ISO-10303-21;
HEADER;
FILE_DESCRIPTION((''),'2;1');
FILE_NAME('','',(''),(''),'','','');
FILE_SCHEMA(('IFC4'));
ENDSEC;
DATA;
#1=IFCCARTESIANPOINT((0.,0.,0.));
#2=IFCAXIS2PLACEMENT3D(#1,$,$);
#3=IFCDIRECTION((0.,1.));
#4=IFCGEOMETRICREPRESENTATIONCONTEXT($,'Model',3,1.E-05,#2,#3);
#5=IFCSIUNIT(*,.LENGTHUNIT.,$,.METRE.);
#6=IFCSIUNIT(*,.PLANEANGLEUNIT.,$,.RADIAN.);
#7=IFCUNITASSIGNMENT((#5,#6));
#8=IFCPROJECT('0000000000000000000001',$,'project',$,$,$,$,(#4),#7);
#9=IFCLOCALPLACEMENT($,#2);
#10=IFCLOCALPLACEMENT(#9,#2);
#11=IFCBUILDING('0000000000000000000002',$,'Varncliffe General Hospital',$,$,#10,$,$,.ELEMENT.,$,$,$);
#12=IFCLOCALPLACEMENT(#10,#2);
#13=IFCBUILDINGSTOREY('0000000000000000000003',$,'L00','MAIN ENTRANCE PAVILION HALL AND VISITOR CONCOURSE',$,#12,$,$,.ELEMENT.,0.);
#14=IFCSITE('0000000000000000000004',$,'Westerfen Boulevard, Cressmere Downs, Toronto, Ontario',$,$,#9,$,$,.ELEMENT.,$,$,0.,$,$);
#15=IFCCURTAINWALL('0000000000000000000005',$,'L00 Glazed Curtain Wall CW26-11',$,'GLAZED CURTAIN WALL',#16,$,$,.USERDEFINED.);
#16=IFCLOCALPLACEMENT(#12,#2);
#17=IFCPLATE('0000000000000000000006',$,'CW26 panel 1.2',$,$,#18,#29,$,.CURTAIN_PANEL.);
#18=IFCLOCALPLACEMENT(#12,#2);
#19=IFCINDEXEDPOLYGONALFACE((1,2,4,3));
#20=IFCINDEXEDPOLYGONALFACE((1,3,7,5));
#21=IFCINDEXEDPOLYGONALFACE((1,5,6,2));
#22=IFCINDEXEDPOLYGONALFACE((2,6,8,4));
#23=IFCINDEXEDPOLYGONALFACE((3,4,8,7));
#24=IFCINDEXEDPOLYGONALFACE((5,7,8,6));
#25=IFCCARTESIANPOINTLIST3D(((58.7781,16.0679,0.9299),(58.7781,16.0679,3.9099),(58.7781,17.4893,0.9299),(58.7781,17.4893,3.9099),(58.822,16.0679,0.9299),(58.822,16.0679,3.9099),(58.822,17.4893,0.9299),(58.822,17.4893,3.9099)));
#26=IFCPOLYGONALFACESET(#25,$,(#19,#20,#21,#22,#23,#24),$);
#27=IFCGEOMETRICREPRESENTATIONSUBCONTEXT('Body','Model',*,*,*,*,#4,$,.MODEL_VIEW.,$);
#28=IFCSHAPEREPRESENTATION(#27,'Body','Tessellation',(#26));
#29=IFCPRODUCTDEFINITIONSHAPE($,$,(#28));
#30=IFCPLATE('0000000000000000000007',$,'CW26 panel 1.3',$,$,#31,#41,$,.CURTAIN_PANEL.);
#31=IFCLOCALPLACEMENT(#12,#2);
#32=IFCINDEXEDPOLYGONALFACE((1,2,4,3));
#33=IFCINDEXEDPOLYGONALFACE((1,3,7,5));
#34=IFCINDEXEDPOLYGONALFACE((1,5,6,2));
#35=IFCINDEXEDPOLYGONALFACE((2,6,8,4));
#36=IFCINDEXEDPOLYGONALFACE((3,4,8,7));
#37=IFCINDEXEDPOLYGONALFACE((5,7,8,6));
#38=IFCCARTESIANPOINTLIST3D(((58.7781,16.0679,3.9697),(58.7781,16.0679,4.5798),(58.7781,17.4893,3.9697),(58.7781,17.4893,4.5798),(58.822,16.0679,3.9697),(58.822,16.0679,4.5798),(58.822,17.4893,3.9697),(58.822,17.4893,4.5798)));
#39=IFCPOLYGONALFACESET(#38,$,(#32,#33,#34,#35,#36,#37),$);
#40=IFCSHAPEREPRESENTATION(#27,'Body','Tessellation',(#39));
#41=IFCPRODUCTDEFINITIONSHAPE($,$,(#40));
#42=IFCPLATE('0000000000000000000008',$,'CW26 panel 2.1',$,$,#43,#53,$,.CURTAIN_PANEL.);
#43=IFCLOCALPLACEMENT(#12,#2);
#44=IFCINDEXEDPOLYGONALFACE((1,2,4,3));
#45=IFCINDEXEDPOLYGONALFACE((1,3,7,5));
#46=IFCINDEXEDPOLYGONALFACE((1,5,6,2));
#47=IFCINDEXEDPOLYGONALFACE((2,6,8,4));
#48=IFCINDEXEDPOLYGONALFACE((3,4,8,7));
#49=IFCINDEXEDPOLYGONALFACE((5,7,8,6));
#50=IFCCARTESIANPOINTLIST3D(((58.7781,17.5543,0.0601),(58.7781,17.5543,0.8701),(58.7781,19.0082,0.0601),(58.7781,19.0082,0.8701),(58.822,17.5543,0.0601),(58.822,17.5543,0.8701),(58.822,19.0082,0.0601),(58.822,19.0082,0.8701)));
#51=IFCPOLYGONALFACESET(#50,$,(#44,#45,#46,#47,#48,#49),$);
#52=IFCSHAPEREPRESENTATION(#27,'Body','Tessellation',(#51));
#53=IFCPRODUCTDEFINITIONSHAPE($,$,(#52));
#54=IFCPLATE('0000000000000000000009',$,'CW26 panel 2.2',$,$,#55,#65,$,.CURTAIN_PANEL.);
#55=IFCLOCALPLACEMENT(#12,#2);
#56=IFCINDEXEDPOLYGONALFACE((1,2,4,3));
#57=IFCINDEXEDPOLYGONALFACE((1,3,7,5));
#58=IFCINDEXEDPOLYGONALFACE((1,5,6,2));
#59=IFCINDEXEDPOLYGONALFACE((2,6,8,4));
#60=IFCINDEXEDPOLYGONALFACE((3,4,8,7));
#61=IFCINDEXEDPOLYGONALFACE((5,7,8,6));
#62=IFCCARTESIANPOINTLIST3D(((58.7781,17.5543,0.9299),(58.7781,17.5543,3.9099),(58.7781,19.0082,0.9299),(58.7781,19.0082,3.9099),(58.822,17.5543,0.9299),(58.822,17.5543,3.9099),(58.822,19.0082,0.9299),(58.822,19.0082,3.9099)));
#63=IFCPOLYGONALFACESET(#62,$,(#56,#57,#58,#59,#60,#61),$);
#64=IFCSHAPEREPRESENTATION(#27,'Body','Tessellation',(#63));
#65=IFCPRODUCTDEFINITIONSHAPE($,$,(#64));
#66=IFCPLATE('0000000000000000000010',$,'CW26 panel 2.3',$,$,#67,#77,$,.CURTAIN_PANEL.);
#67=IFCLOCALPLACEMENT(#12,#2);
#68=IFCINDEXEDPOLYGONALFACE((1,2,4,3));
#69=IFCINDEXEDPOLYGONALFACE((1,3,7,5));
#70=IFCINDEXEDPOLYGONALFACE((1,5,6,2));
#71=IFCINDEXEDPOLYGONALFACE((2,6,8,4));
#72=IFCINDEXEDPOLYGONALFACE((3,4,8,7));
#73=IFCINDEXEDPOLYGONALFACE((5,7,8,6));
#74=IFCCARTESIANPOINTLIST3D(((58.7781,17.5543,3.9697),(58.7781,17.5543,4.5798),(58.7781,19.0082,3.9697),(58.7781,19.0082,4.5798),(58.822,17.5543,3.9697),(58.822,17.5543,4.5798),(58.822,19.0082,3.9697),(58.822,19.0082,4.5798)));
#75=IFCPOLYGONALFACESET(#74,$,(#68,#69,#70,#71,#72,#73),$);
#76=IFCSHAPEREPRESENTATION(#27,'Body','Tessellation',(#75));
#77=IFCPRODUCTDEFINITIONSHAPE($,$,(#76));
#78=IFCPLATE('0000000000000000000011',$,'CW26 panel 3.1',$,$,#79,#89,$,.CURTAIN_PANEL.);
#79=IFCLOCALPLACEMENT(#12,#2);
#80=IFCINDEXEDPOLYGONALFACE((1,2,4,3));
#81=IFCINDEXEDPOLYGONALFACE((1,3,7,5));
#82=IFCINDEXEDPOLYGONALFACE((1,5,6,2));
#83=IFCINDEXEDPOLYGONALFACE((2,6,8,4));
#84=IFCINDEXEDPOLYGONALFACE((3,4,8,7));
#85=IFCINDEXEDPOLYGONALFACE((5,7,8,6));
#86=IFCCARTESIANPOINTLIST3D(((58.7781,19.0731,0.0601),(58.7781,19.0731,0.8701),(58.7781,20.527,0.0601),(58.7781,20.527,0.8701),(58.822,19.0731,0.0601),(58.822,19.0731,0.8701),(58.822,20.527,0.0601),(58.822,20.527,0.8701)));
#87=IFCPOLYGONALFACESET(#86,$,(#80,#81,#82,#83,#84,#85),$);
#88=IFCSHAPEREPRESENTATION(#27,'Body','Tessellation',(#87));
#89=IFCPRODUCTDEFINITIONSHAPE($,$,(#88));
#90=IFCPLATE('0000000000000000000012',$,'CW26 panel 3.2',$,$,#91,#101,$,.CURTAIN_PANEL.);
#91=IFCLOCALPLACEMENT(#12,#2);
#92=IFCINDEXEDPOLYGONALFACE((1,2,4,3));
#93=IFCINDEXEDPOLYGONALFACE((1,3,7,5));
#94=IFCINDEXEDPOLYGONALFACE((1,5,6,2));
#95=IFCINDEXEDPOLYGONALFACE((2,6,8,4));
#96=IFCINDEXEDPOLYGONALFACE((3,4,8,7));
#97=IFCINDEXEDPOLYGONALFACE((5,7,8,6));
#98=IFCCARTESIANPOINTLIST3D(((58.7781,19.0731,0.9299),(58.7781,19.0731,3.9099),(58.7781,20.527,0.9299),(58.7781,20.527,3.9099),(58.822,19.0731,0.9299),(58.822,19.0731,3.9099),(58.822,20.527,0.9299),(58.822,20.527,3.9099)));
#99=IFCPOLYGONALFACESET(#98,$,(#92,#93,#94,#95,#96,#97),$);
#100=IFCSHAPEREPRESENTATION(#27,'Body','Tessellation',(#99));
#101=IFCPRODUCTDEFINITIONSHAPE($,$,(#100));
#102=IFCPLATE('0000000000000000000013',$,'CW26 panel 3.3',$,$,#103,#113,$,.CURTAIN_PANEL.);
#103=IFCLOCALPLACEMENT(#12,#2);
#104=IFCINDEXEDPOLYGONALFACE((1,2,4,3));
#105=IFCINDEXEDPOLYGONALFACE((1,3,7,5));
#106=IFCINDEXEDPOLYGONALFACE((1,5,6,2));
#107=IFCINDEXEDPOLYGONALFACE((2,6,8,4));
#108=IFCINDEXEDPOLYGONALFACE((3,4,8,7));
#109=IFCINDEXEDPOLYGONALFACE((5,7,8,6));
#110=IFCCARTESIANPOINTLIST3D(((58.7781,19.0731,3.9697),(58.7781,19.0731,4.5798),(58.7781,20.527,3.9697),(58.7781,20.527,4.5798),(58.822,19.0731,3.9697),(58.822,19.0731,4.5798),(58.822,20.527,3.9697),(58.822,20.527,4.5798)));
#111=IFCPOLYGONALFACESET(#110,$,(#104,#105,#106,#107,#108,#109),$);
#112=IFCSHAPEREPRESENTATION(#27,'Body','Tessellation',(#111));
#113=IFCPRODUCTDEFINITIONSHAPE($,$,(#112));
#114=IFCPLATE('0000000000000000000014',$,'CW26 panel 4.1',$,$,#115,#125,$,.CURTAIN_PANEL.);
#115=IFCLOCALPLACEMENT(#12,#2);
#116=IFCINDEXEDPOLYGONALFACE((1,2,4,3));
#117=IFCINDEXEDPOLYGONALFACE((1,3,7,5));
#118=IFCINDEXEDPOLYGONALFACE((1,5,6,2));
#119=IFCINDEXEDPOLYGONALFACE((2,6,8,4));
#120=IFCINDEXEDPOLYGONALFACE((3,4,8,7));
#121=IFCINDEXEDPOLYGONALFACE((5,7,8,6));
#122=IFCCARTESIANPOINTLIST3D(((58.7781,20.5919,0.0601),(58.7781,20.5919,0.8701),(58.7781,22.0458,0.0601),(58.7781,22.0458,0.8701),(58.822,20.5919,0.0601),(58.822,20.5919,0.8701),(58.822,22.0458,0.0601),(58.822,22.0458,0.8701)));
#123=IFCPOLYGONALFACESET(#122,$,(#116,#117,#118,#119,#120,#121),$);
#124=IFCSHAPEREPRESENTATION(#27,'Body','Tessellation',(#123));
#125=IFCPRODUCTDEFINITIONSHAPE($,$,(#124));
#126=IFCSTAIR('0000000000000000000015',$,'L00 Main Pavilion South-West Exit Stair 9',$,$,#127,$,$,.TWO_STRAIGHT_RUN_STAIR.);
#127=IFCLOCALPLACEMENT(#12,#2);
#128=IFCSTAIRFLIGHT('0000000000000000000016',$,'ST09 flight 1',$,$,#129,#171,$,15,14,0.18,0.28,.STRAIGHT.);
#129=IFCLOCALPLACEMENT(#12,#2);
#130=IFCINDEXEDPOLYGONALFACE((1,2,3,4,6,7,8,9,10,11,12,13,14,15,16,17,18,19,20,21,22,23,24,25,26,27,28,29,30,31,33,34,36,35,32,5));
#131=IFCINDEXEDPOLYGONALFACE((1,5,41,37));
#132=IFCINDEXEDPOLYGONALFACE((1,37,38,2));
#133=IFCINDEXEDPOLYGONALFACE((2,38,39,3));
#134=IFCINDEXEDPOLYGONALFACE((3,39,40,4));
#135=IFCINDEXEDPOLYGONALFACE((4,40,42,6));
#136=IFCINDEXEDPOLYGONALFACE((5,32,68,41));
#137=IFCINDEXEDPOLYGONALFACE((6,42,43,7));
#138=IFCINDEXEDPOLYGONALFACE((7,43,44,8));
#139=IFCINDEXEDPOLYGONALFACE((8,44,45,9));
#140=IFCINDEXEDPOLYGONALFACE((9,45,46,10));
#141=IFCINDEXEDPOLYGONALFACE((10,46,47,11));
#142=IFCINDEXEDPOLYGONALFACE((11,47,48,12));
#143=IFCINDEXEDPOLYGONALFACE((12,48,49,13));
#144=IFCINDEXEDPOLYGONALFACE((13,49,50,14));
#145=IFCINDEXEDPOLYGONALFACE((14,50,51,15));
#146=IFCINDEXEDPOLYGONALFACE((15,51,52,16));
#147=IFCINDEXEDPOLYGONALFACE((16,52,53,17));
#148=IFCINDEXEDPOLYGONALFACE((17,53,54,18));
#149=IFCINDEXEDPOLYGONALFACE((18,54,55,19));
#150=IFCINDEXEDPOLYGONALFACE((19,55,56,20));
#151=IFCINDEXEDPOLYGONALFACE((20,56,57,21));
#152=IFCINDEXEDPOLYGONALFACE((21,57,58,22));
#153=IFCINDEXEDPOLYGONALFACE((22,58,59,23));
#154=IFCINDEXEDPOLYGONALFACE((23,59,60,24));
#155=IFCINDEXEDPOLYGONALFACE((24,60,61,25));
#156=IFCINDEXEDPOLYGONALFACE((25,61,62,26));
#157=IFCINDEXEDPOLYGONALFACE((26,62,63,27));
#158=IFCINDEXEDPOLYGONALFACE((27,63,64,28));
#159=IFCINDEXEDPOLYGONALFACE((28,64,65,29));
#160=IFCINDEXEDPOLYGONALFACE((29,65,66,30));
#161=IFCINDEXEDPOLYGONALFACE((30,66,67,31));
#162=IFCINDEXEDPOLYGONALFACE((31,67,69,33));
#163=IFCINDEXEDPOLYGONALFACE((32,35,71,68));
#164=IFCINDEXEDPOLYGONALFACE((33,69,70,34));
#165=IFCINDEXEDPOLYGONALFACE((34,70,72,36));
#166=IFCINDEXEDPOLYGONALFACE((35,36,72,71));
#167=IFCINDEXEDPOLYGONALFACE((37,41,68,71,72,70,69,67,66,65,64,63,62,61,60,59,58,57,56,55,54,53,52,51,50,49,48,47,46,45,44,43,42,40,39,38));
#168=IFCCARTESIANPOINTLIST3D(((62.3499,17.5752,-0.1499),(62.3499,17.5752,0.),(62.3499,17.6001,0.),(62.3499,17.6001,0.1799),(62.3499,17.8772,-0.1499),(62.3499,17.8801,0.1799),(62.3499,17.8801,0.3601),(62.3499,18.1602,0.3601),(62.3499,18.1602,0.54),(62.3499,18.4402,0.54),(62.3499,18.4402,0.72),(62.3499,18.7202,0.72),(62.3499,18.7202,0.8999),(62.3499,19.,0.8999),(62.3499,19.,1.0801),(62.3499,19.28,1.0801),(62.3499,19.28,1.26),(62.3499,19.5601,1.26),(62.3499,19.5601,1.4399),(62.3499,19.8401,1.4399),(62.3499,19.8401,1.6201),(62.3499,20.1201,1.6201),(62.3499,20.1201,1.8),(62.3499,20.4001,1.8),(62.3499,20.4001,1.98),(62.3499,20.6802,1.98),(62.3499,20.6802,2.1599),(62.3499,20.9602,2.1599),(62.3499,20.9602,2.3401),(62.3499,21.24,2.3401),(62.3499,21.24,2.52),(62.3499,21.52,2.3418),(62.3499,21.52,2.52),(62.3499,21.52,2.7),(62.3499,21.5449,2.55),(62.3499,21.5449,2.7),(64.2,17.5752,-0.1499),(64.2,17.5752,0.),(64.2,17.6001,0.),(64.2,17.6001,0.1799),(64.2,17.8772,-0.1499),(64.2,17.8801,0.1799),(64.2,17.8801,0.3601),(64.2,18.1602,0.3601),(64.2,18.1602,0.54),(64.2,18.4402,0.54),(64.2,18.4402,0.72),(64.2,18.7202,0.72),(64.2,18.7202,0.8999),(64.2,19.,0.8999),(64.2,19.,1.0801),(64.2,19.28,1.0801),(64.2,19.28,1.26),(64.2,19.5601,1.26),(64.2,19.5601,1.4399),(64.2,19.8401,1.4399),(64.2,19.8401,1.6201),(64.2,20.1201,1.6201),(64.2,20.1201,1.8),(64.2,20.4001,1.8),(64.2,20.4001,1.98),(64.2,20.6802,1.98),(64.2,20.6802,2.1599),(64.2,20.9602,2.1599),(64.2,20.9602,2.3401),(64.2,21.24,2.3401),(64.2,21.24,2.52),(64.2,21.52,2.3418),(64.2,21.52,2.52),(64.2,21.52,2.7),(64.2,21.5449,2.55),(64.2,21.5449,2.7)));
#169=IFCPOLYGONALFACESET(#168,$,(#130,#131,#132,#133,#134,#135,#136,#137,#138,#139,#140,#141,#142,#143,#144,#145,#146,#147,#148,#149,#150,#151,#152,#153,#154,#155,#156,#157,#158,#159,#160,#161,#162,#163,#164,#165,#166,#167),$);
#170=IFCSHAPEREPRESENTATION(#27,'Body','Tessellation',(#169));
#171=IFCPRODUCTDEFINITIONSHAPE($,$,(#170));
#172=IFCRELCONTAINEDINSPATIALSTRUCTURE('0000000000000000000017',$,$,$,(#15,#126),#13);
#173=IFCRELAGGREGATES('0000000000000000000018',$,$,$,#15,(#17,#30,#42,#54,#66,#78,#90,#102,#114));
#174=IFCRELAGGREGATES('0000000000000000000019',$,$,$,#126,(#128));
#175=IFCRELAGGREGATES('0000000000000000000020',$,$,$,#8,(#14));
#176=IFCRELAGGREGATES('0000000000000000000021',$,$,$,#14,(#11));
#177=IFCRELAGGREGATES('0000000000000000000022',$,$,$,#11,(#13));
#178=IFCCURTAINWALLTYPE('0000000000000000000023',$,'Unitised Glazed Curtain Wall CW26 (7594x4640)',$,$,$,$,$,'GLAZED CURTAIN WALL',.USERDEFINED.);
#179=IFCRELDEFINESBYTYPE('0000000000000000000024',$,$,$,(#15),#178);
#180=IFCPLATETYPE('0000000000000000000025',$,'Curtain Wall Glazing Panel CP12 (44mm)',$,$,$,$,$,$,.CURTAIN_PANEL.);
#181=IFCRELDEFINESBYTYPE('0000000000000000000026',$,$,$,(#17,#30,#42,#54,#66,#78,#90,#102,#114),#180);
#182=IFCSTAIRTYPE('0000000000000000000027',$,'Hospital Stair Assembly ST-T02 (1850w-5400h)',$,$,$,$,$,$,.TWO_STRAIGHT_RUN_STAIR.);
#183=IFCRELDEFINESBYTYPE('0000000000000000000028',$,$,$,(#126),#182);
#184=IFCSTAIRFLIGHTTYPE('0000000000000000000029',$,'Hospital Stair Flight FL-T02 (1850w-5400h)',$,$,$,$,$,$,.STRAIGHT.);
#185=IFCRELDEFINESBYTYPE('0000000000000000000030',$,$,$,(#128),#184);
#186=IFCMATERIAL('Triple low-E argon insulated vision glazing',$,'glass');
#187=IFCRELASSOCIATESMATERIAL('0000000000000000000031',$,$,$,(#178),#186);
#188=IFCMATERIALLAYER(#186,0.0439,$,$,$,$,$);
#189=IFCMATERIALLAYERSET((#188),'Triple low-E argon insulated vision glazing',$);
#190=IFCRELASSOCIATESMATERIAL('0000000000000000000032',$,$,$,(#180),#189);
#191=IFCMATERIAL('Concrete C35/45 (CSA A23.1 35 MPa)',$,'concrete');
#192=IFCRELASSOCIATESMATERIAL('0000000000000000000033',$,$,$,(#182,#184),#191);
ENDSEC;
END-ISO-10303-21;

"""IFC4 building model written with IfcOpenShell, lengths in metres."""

from ifc_helpers import new_model, si_unit, direction, frame, origin, origin_2d, place, context, subcontext, project, spatial, polyline, rectangle, outline, extrude, material, layer, layer_set, type_object, element, aggregate, save


model = new_model("IFC4")

# Units and contexts
model_context = context("Model", 3, precision=1e-05, world=origin(), true_north=direction((0.0, 1.0)))
body_context = subcontext(model_context, "Body", "Model", "MODEL_VIEW")
ifc_project = project(units=[si_unit("LENGTHUNIT", "METRE"), si_unit("PLANEANGLEUNIT", "RADIAN")], contexts=[model_context])

# Site, building, storey
site_placement = place(None, origin())
site = spatial("IfcSite", under=ifc_project, at=site_placement, Name="Westerfen Boulevard, Cressmere Downs, Toronto, Ontario", CompositionType="ELEMENT", RefElevation=0.0)
building_placement = place(site_placement, origin())
building = spatial("IfcBuilding", under=site, at=building_placement, Name="Varncliffe General Hospital", CompositionType="ELEMENT")
storey_placement = place(building_placement, origin())
storey = spatial("IfcBuildingStorey", under=building, at=storey_placement, Name="L00", Description="MAIN ENTRANCE PAVILION HALL AND VISITOR CONCOURSE", CompositionType="ELEMENT", Elevation=0.0)

# Curtain wall, plates
ifc_material_1 = material(Name="Triple low-E argon insulated vision glazing", Category="glass")
curtain_wall_type = type_object("IfcCurtainWallType", Name="Unitised Glazed Curtain Wall CW26 (7594x4640)", ElementType="GLAZED CURTAIN WALL", PredefinedType="USERDEFINED", material=ifc_material_1)
curtain_wall_placement = place(storey_placement, origin())
curtain_wall = element("IfcCurtainWall", 1, at=curtain_wall_placement, inside=storey, type_object=curtain_wall_type, Name="L00 Glazed Curtain Wall CW26-11", ObjectType="GLAZED CURTAIN WALL", PredefinedType="USERDEFINED")
ifc_layer = layer(ifc_material_1, 0.0439)
ifc_layer_set = layer_set([ifc_layer], Name="Triple low-E argon insulated vision glazing")
plate_type = type_object("IfcPlateType", Name="Curtain Wall Glazing Panel CP12 (44mm)", PredefinedType="CURTAIN_PANEL", material=ifc_layer_set)
plate_1_placement = place(storey_placement, frame((58.8, 16.7786, 0.9299), z_axis=(0.0, 0.0, 1.0), x_axis=(0.0, 1.0, 0.0)))
plate_1 = element("IfcPlate", 2, at=plate_1_placement, type_object=plate_type, Name="CW26 panel 1.2", PredefinedType="CURTAIN_PANEL", context=body_context, shape_type="SweptSolid", body=[
    extrude(rectangle(XDim=1.4214, YDim=0.0439, at=origin_2d()), origin(), (0.0, 0.0, 1.0), 2.98),
])
plate_2_placement = place(storey_placement, frame((58.8, 16.7786, 3.9697), z_axis=(0.0, 0.0, 1.0), x_axis=(0.0, 1.0, 0.0)))
plate_2 = element("IfcPlate", 3, at=plate_2_placement, type_object=plate_type, Name="CW26 panel 1.3", PredefinedType="CURTAIN_PANEL", context=body_context, shape_type="SweptSolid", body=[
    extrude(rectangle(XDim=1.4214, YDim=0.0439, at=origin_2d()), origin(), (0.0, 0.0, 1.0), 0.6101),
])
plate_3_placement = place(storey_placement, frame((58.8, 18.2812, 0.0601), z_axis=(0.0, 0.0, 1.0), x_axis=(0.0, 1.0, 0.0)))
plate_3 = element("IfcPlate", 4, at=plate_3_placement, type_object=plate_type, Name="CW26 panel 2.1", PredefinedType="CURTAIN_PANEL", context=body_context, shape_type="SweptSolid", body=[
    extrude(rectangle(XDim=1.4539, YDim=0.0439, at=origin_2d()), origin(), (0.0, 0.0, 1.0), 0.8101),
])
plate_4_placement = place(storey_placement, frame((58.8, 18.2812, 0.9299), z_axis=(0.0, 0.0, 1.0), x_axis=(0.0, 1.0, 0.0)))
plate_4 = element("IfcPlate", 5, at=plate_4_placement, type_object=plate_type, Name="CW26 panel 2.2", PredefinedType="CURTAIN_PANEL", context=body_context, shape_type="SweptSolid", body=[
    extrude(rectangle(XDim=1.4539, YDim=0.0439, at=origin_2d()), origin(), (0.0, 0.0, 1.0), 2.98),
])
plate_5_placement = place(storey_placement, frame((58.8, 18.2812, 3.9697), z_axis=(0.0, 0.0, 1.0), x_axis=(0.0, 1.0, 0.0)))
plate_5 = element("IfcPlate", 6, at=plate_5_placement, type_object=plate_type, Name="CW26 panel 2.3", PredefinedType="CURTAIN_PANEL", context=body_context, shape_type="SweptSolid", body=[
    extrude(rectangle(XDim=1.4539, YDim=0.0439, at=origin_2d()), origin(), (0.0, 0.0, 1.0), 0.6101),
])
plate_6_placement = place(storey_placement, frame((58.8, 19.8, 0.0601), z_axis=(0.0, 0.0, 1.0), x_axis=(0.0, 1.0, 0.0)))
plate_6 = element("IfcPlate", 7, at=plate_6_placement, type_object=plate_type, Name="CW26 panel 3.1", PredefinedType="CURTAIN_PANEL", context=body_context, shape_type="SweptSolid", body=[
    extrude(rectangle(XDim=1.4539, YDim=0.0439, at=origin_2d()), origin(), (0.0, 0.0, 1.0), 0.8101),
])
plate_7_placement = place(storey_placement, frame((58.8, 19.8, 0.9299), z_axis=(0.0, 0.0, 1.0), x_axis=(0.0, 1.0, 0.0)))
plate_7 = element("IfcPlate", 8, at=plate_7_placement, type_object=plate_type, Name="CW26 panel 3.2", PredefinedType="CURTAIN_PANEL", context=body_context, shape_type="SweptSolid", body=[
    extrude(rectangle(XDim=1.4539, YDim=0.0439, at=origin_2d()), origin(), (0.0, 0.0, 1.0), 2.98),
])
plate_8_placement = place(storey_placement, frame((58.8, 19.8, 3.9697), z_axis=(0.0, 0.0, 1.0), x_axis=(0.0, 1.0, 0.0)))
plate_8 = element("IfcPlate", 9, at=plate_8_placement, type_object=plate_type, Name="CW26 panel 3.3", PredefinedType="CURTAIN_PANEL", context=body_context, shape_type="SweptSolid", body=[
    extrude(rectangle(XDim=1.4539, YDim=0.0439, at=origin_2d()), origin(), (0.0, 0.0, 1.0), 0.6101),
])
plate_9_placement = place(storey_placement, frame((58.8, 21.3188, 0.0601), z_axis=(0.0, 0.0, 1.0), x_axis=(0.0, 1.0, 0.0)))
plate_9 = element("IfcPlate", 10, at=plate_9_placement, type_object=plate_type, Name="CW26 panel 4.1", PredefinedType="CURTAIN_PANEL", context=body_context, shape_type="SweptSolid", body=[
    extrude(rectangle(XDim=1.4539, YDim=0.0439, at=origin_2d()), origin(), (0.0, 0.0, 1.0), 0.8101),
])
aggregate(curtain_wall, [plate_1, plate_2, plate_3, plate_4, plate_5, plate_6, plate_7, plate_8, plate_9])

# Stair, stair flight
ifc_material_2 = material(Name="Concrete C35/45 (CSA A23.1 35 MPa)", Category="concrete")
stair_type = type_object("IfcStairType", Name="Hospital Stair Assembly ST-T02 (1850w-5400h)", PredefinedType="TWO_STRAIGHT_RUN_STAIR", material=ifc_material_2)
stair_placement = place(storey_placement, origin())
stair = element("IfcStair", 11, at=stair_placement, inside=storey, type_object=stair_type, Name="L00 Main Pavilion South-West Exit Stair 9", PredefinedType="TWO_STRAIGHT_RUN_STAIR")
stair_flight_type = type_object("IfcStairFlightType", Name="Hospital Stair Flight FL-T02 (1850w-5400h)", PredefinedType="STRAIGHT", material=ifc_material_2)
stair_flight_placement = place(storey_placement, frame((63.2749, 17.6001, 0.0), z_axis=(0.0, 0.0, 1.0), x_axis=(0.0, 1.0, 0.0)))
stair_flight = element("IfcStairFlight", 12, at=stair_flight_placement, type_object=stair_flight_type, Name="ST09 flight 1", NumberOfRisers=15, NumberOfTreads=14, PredefinedType="STRAIGHT", RiserHeight=0.18, TreadLength=0.28, context=body_context, shape_type="SweptSolid", body=[
    extrude(outline(polyline([(-0.0249, -0.1499), (-0.0249, 0.0), (0.0, 0.0), (0.0, 0.1799), (0.28, 0.1799), (0.28, 0.3601), (0.5601, 0.3601), (0.5601, 0.54), (0.8401, 0.54), (0.8401, 0.72), (1.1201, 0.72), (1.1201, 0.8999), (1.3999, 0.8999), (1.3999, 1.0801), (1.6799, 1.0801), (1.6799, 1.26), (1.96, 1.26), (1.96, 1.4399), (2.24, 1.4399), (2.24, 1.6201), (2.52, 1.6201), (2.52, 1.8), (2.8, 1.8), (2.8, 1.98), (3.0801, 1.98), (3.0801, 2.1599), (3.3601, 2.1599), (3.3601, 2.3401), (3.6399, 2.3401), (3.6399, 2.52), (3.9199, 2.52), (3.9199, 2.7), (3.9448, 2.7), (3.9448, 2.55), (3.9199, 2.3418), (0.2771, -0.1499), (-0.0249, -0.1499)])), frame((0.0, 0.925, 0.0), z_axis=(0.0, -1.0, 0.0), x_axis=(1.0, 0.0, 0.0)), (0.0, 0.0, 1.0), 1.8501),
])
aggregate(stair, [stair_flight])

save(model, "model.ifc")
